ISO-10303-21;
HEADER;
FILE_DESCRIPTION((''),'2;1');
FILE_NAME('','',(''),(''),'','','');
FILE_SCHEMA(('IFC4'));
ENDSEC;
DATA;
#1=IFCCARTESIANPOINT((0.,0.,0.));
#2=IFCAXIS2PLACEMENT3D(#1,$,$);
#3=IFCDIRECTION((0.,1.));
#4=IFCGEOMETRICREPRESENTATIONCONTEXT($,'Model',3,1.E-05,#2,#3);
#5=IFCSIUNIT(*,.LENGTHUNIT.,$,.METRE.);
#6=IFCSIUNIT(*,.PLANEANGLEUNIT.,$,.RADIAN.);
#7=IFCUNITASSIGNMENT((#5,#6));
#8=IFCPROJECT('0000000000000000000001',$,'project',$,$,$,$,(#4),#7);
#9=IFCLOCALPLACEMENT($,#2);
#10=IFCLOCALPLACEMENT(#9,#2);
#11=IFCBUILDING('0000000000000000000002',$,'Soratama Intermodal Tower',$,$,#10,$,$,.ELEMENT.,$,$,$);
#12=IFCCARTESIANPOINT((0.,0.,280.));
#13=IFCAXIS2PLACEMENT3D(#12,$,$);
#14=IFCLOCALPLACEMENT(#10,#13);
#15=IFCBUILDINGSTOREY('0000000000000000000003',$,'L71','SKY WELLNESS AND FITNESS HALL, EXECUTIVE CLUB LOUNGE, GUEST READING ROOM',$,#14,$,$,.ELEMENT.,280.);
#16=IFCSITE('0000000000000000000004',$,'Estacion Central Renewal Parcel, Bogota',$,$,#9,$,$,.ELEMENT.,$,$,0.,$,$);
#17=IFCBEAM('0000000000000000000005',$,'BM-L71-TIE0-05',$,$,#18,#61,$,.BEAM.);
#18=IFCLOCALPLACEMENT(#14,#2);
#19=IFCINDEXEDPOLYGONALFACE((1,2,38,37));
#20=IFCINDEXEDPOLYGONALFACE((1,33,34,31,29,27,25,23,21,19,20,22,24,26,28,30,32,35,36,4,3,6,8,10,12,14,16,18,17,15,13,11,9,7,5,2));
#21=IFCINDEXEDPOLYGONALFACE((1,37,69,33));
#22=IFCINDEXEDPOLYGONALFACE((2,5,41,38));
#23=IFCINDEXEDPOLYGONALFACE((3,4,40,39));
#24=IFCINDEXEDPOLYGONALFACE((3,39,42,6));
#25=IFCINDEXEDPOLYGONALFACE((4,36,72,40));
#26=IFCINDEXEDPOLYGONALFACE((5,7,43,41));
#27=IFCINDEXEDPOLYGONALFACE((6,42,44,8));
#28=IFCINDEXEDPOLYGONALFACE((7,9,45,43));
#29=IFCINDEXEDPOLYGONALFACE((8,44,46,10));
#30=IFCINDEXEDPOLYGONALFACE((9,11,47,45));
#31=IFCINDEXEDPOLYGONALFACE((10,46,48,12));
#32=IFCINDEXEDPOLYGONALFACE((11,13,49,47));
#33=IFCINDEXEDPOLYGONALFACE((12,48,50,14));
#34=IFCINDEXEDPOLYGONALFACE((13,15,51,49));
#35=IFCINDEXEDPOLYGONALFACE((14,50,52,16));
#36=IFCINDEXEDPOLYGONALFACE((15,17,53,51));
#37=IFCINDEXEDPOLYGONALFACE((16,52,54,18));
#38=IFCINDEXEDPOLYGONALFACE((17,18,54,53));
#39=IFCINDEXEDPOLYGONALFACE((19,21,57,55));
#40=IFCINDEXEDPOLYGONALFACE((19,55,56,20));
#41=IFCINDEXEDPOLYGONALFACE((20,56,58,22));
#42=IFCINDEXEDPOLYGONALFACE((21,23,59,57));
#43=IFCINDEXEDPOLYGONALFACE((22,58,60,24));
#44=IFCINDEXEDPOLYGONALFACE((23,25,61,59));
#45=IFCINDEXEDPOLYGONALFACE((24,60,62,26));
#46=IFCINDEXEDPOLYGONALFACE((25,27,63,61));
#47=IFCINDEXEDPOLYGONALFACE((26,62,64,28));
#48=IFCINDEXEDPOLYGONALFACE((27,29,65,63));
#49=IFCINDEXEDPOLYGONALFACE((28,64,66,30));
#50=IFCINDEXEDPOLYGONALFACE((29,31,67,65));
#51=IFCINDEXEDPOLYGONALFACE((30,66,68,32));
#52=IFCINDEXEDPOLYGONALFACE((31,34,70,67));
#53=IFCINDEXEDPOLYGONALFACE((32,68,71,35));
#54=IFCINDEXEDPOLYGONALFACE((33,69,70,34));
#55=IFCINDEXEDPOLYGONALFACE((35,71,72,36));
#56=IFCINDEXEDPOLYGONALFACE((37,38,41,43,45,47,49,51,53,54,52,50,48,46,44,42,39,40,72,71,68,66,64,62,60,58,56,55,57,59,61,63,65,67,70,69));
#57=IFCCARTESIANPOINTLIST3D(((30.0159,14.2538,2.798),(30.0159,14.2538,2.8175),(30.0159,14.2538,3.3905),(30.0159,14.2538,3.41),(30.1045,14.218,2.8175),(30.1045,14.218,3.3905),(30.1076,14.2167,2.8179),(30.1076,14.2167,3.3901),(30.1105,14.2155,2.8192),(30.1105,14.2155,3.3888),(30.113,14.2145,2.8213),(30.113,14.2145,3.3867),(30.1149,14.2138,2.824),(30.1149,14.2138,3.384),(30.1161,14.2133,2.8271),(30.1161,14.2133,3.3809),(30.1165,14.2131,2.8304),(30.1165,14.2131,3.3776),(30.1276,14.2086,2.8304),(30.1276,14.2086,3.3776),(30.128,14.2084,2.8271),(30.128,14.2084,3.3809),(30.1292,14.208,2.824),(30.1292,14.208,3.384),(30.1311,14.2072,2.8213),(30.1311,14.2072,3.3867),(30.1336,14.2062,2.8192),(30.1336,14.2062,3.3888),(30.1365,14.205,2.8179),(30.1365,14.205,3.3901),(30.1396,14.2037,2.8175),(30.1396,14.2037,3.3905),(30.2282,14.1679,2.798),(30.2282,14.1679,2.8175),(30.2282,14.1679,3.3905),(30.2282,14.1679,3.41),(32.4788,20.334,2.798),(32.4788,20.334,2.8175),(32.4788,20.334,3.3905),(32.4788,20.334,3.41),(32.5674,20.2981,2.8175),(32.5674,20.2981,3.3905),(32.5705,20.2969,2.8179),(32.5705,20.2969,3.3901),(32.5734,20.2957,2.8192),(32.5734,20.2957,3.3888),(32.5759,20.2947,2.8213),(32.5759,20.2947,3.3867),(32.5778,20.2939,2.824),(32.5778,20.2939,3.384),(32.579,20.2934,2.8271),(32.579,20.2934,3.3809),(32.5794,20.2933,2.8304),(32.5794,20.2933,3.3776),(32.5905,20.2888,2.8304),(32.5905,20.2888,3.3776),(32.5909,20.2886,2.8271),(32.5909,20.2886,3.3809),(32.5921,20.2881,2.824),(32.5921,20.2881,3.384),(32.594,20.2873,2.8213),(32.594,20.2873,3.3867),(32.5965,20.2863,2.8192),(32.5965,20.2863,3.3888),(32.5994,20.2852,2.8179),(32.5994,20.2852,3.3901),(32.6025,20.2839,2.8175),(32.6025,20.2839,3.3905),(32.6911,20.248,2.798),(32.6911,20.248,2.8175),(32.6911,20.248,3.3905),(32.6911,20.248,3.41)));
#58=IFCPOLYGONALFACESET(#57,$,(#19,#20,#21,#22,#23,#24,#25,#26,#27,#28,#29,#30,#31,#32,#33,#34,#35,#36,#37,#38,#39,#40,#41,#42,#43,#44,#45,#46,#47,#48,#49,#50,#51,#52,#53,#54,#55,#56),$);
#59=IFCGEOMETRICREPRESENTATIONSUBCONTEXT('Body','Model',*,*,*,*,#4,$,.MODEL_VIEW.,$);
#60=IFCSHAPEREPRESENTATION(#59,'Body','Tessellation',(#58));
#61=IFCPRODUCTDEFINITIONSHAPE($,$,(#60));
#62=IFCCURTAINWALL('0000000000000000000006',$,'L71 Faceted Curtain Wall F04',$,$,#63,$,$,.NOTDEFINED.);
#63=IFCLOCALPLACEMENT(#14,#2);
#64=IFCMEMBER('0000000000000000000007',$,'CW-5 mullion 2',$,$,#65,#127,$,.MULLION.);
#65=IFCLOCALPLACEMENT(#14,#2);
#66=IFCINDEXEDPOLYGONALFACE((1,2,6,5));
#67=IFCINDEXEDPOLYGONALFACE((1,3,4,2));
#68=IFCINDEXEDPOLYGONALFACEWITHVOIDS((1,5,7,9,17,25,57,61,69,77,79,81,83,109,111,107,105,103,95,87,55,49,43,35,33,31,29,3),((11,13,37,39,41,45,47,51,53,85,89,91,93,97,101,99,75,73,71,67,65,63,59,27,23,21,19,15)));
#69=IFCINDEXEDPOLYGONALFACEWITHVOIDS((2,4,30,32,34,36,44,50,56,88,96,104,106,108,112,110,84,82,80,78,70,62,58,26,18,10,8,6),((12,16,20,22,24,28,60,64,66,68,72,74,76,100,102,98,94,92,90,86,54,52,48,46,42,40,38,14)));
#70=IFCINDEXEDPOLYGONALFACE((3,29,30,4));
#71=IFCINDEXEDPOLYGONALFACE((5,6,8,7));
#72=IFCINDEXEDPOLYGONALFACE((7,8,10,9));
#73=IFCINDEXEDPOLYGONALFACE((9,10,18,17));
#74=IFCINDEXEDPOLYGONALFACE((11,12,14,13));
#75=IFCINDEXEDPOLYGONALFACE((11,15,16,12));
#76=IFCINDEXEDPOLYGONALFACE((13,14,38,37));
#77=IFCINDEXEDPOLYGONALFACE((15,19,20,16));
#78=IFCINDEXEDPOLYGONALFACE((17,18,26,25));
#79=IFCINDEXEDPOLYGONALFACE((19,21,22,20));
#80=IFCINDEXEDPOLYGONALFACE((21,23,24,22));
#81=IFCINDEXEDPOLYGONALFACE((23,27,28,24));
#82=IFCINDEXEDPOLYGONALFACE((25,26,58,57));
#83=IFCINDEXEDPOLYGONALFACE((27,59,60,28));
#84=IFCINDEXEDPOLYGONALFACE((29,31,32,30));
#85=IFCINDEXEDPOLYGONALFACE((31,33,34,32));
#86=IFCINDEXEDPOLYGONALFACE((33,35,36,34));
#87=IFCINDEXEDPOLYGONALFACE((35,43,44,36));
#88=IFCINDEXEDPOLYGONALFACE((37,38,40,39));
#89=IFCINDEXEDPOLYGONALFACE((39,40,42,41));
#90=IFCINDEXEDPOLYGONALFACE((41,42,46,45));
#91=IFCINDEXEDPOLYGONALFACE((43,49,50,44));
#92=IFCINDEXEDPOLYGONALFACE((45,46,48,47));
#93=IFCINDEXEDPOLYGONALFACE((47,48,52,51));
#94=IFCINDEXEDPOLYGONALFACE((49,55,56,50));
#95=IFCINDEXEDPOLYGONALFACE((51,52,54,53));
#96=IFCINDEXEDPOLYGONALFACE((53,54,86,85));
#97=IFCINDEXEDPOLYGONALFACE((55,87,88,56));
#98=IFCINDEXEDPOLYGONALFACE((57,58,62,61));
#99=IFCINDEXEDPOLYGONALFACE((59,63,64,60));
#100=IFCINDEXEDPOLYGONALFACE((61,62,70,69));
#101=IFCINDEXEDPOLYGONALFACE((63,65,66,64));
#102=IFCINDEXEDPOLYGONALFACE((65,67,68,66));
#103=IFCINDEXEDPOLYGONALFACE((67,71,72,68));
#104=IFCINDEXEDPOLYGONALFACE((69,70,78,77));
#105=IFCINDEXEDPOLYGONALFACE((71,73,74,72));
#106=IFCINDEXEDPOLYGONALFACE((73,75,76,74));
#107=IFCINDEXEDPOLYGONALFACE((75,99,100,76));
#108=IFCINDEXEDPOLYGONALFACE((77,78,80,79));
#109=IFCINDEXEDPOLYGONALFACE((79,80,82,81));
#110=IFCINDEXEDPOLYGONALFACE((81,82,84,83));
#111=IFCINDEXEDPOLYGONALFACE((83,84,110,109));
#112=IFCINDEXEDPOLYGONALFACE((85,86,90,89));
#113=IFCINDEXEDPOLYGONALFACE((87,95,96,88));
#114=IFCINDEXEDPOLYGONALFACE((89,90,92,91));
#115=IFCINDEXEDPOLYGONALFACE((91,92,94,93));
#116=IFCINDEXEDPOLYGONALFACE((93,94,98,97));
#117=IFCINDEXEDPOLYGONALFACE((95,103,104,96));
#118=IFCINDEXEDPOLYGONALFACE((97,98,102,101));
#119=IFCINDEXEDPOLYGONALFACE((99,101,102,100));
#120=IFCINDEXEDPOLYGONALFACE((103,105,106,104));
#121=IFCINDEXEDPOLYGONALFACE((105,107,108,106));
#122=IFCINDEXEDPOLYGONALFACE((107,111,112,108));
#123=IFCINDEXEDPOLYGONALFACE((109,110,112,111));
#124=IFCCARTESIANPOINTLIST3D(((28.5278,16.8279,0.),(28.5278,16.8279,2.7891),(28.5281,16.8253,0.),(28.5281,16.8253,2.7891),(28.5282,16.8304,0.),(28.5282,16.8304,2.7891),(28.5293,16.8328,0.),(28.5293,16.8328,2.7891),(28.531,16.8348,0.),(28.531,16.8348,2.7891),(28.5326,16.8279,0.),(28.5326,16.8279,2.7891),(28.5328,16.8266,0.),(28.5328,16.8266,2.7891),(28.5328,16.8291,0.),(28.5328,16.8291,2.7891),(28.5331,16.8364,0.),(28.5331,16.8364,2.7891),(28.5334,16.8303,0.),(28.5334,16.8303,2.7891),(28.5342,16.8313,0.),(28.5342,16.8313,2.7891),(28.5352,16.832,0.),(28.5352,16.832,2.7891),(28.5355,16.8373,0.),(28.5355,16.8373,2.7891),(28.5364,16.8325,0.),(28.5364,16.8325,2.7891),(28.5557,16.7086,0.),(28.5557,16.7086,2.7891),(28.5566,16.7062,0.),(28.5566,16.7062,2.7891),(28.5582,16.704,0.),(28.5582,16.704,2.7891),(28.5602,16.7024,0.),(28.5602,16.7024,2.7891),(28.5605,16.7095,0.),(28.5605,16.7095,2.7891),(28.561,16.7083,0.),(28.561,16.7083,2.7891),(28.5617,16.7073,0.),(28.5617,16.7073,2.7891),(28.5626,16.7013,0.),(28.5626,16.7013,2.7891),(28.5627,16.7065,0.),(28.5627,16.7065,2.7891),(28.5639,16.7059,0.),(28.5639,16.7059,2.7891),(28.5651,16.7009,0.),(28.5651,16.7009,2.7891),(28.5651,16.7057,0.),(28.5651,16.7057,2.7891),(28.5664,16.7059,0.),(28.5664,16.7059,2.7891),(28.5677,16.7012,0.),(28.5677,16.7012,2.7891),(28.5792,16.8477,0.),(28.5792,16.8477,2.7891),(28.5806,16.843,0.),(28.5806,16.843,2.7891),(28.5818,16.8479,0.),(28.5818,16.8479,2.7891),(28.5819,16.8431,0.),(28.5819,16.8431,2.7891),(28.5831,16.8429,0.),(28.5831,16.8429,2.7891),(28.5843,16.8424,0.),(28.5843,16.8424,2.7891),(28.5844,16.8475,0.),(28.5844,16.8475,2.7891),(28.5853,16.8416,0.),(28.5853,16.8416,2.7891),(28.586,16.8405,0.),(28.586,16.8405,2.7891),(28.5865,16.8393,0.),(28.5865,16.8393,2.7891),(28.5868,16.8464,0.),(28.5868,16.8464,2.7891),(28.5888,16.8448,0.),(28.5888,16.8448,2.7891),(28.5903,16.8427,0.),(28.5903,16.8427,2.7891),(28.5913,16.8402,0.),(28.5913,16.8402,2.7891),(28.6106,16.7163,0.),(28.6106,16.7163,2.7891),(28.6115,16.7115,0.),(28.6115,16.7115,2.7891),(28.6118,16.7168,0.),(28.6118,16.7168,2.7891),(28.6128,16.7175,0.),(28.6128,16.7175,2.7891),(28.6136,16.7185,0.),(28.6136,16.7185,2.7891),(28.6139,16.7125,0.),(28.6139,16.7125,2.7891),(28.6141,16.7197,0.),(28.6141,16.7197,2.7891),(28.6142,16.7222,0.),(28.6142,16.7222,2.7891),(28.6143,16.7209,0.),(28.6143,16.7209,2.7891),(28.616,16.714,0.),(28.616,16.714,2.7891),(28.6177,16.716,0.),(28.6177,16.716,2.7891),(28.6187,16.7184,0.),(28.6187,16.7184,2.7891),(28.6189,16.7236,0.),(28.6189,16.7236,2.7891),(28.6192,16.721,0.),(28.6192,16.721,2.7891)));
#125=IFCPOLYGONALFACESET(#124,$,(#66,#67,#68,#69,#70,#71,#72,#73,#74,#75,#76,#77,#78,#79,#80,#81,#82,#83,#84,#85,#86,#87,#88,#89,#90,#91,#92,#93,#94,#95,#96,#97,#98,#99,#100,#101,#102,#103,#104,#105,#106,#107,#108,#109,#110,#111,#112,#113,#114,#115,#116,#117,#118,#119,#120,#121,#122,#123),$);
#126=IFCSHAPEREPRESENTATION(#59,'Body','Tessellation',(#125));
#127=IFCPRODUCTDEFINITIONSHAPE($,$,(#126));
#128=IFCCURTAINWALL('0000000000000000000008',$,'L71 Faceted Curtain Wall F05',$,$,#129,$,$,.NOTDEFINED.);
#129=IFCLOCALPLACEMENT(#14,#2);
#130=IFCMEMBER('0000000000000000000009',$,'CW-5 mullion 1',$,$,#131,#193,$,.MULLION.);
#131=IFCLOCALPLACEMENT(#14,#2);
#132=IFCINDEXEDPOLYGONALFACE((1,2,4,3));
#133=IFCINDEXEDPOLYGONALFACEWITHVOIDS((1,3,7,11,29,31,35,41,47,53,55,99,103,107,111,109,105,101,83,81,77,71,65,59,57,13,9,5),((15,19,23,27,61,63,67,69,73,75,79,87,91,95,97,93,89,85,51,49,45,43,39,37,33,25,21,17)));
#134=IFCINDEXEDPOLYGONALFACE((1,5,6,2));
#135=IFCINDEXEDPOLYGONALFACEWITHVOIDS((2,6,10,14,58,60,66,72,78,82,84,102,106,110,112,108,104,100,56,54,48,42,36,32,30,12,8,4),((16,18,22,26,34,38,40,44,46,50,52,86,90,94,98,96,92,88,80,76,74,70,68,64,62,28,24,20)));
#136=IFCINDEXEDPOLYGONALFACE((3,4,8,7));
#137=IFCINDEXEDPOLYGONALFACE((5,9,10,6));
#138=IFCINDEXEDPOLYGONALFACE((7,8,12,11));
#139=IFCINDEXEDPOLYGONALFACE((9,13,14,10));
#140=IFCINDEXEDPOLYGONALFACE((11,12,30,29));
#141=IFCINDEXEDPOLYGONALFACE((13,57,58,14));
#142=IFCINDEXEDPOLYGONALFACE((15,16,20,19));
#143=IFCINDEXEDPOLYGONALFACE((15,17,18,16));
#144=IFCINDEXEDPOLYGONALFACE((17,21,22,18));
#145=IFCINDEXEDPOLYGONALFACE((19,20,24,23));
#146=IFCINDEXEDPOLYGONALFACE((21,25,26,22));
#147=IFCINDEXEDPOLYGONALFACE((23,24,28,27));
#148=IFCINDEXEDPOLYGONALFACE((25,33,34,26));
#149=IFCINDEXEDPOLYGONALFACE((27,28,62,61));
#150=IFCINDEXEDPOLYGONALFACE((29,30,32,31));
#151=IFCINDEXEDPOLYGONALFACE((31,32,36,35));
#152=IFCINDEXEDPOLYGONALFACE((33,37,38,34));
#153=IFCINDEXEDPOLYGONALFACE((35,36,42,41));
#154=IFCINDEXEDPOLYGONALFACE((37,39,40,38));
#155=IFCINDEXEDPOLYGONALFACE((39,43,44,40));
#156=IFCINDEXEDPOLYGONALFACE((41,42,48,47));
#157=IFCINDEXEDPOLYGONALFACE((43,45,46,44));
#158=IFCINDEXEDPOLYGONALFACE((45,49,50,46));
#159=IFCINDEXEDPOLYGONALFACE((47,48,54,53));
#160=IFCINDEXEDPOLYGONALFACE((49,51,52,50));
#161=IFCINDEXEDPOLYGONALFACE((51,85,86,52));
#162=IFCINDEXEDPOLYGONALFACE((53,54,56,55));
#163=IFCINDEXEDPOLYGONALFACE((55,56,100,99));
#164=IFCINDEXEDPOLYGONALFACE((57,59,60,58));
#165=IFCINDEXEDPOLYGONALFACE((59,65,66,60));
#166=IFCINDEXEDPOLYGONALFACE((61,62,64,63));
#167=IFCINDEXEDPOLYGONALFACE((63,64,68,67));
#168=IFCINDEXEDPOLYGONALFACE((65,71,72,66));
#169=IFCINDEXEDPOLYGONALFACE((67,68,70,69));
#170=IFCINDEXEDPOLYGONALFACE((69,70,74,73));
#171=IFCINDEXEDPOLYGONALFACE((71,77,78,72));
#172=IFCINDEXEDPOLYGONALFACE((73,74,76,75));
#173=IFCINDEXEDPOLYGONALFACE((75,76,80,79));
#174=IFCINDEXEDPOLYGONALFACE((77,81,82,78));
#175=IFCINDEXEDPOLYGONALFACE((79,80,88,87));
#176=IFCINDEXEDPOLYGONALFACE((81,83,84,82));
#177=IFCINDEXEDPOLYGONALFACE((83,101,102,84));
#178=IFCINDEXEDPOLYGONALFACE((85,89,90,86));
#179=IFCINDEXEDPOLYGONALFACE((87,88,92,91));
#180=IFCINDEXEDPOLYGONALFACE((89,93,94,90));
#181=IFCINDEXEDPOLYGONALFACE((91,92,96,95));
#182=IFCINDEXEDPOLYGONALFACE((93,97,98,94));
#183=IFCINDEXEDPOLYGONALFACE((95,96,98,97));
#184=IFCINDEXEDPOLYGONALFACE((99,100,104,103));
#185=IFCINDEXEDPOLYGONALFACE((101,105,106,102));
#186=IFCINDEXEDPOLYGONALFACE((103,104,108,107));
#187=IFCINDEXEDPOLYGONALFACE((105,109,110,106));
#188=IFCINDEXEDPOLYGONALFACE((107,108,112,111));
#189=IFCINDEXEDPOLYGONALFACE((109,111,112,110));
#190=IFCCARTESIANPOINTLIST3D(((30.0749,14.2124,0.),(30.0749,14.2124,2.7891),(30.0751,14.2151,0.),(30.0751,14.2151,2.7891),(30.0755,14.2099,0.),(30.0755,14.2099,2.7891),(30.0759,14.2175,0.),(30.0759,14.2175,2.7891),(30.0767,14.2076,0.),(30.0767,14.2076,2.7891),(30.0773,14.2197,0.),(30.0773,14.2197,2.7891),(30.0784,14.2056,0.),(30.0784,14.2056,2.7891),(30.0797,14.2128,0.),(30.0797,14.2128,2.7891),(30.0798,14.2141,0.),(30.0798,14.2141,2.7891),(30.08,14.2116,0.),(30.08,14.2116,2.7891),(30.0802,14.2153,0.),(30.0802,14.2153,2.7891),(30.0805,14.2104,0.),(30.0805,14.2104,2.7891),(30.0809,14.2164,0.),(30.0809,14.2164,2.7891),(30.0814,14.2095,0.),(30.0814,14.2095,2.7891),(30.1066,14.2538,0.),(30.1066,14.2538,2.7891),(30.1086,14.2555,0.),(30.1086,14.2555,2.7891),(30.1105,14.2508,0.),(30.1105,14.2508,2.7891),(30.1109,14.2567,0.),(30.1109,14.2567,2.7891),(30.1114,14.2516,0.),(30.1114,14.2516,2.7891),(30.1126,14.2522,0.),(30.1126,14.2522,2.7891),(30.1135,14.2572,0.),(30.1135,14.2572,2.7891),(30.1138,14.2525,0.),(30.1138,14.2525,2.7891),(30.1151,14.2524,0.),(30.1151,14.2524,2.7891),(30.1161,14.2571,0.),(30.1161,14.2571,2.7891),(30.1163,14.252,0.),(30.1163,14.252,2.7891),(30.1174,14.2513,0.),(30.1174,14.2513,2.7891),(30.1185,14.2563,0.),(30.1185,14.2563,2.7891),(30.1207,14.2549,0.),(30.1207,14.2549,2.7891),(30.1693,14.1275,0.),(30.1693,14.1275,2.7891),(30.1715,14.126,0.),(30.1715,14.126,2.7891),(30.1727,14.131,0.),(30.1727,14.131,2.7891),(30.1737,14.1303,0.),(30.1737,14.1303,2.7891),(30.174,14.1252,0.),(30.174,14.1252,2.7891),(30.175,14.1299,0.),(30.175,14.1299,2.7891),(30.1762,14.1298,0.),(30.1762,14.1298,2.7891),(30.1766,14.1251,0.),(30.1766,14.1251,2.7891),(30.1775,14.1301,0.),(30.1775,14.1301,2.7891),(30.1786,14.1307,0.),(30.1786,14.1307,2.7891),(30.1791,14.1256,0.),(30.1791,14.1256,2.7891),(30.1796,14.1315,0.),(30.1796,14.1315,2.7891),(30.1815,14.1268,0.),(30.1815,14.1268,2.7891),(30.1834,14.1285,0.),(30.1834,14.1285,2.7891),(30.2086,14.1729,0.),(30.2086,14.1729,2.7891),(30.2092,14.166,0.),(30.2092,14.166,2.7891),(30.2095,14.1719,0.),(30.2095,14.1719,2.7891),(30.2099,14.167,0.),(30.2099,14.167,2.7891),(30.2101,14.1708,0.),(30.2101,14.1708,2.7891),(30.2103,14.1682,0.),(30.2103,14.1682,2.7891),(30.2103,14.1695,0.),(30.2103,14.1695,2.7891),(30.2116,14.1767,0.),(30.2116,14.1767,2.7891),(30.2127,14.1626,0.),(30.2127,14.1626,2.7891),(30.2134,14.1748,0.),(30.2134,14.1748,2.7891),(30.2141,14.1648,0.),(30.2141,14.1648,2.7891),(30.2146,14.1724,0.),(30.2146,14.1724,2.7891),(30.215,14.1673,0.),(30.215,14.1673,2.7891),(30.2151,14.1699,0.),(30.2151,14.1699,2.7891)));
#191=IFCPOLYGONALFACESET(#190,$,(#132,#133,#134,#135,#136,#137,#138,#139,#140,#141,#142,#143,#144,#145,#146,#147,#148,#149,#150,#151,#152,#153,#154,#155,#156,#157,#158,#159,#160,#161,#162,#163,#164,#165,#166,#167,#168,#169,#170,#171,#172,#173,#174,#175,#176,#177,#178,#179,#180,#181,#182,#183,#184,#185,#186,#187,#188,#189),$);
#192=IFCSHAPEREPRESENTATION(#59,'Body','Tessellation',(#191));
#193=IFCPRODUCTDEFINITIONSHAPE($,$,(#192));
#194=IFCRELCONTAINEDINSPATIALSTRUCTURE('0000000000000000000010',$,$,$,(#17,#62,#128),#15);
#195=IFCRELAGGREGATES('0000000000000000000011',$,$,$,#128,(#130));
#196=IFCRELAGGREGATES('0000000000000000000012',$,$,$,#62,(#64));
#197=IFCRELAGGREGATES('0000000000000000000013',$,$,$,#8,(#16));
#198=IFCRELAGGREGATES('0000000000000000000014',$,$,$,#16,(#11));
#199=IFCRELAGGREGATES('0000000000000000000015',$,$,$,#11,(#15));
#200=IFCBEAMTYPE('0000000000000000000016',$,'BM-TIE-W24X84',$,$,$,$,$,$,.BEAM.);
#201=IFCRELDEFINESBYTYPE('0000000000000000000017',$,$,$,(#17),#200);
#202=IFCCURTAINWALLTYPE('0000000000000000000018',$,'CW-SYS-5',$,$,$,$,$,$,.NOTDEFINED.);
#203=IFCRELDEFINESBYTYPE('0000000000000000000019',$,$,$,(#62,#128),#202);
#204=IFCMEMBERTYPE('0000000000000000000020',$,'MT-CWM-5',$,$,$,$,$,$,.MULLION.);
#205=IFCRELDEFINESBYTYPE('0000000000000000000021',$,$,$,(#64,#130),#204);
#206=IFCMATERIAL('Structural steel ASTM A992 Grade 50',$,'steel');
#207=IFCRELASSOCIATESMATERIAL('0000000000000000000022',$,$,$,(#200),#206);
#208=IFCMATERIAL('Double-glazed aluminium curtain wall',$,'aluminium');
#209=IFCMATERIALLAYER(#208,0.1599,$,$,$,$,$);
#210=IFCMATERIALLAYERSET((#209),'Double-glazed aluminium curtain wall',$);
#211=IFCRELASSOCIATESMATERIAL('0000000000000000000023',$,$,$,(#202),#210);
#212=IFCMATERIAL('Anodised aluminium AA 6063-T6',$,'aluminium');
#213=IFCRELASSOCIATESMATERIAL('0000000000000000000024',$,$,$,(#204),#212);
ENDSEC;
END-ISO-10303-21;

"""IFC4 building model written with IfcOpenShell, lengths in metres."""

from ifc_helpers import new_model, si_unit, direction, frame, origin, origin_2d, place, context, subcontext, project, spatial, hollow_rectangle, i_section, extrude, material, layer, layer_set, material_profile, profile_set, type_object, element, aggregate, save


model = new_model("IFC4")

# Units and contexts
model_context = context("Model", 3, precision=1e-05, world=origin(), true_north=direction((0.0, 1.0)))
body_context = subcontext(model_context, "Body", "Model", "MODEL_VIEW")
ifc_project = project(units=[si_unit("LENGTHUNIT", "METRE"), si_unit("PLANEANGLEUNIT", "RADIAN")], contexts=[model_context])

# Site, building, storey
site_placement = place(None, origin())
site = spatial("IfcSite", under=ifc_project, at=site_placement, Name="Estacion Central Renewal Parcel, Bogota", CompositionType="ELEMENT", RefElevation=0.0)
building_placement = place(site_placement, origin())
building = spatial("IfcBuilding", under=site, at=building_placement, Name="Soratama Intermodal Tower", CompositionType="ELEMENT")
storey_placement = place(building_placement, frame((0.0, 0.0, 280.0)))
storey = spatial("IfcBuildingStorey", under=building, at=storey_placement, Name="L71", Description="SKY WELLNESS AND FITNESS HALL, EXECUTIVE CLUB LOUNGE, GUEST READING ROOM", CompositionType="ELEMENT", Elevation=280.0)

# Beam
ifc_material_1 = material(Name="Structural steel ASTM A992 Grade 50", Category="steel")
ifc_material_profile_1 = material_profile(ifc_material_1, i_section(OverallWidth=0.229, OverallDepth=0.6121, WebThickness=0.012, FlangeThickness=0.0195, FilletRadius=0.0129, at=origin_2d()), Name="W24X84")
ifc_profile_set_1 = profile_set([ifc_material_profile_1], Name="Structural steel ASTM A992 Grade 50")
beam_type_1 = type_object("IfcBeamType", Name="BM-TIE-W24X84", PredefinedType="BEAM", material=ifc_profile_set_1)
beam_1_placement = place(storey_placement, frame((32.585, 20.291, 3.104), z_axis=(-0.375442, -0.926846, 0.0), x_axis=(0.926846, -0.375442, 0.0)))
element("IfcBeam", 1, at=beam_1_placement, inside=storey, type_object=beam_type_1, Name="BM-L71-TIE0-05", PredefinedType="BEAM", context=body_context, shape_type="SweptSolid", body=[
    extrude(i_section(OverallWidth=0.229, OverallDepth=0.6121, WebThickness=0.012, FlangeThickness=0.0195, FilletRadius=0.0129, at=origin_2d()), origin(), (0.0, 0.0, 1.0), 6.5601),
])

# Curtain wall, member
ifc_material_2 = material(Name="Double-glazed aluminium curtain wall", Category="aluminium")
ifc_layer_1 = layer(ifc_material_2, 0.1599)
ifc_layer_set_1 = layer_set([ifc_layer_1], Name="Double-glazed aluminium curtain wall")
curtain_wall_type = type_object("IfcCurtainWallType", Name="CW-SYS-5", PredefinedType="NOTDEFINED", material=ifc_layer_set_1)
curtain_wall_1_placement = place(storey_placement, origin())
curtain_wall_1 = element("IfcCurtainWall", 2, at=curtain_wall_1_placement, inside=storey, type_object=curtain_wall_type, Name="L71 Faceted Curtain Wall F04", PredefinedType="NOTDEFINED")
ifc_material_3 = material(Name="Anodised aluminium AA 6063-T6", Category="aluminium")
ifc_material_profile_2 = material_profile(ifc_material_3, hollow_rectangle(XDim=0.0649, YDim=0.1399, WallThickness=0.0049, InnerFilletRadius=0.0049, OuterFilletRadius=0.01, at=origin_2d()), Name="CWM140X65X5")
ifc_profile_set_2 = profile_set([ifc_material_profile_2], Name="Anodised aluminium AA 6063-T6")
member_type_1 = type_object("IfcMemberType", Name="MT-CWM-5", PredefinedType="MULLION", material=ifc_profile_set_2)
member_1_placement = place(storey_placement, frame((28.5735, 16.7744, 0.0), z_axis=(0.0, 0.0, 1.0), x_axis=(0.973097, 0.230395, 0.0)))
member_1 = element("IfcMember", 3, at=member_1_placement, type_object=member_type_1, Name="CW-5 mullion 2", PredefinedType="MULLION", context=body_context, shape_type="SweptSolid", body=[
    extrude(hollow_rectangle(XDim=0.0649, YDim=0.1399, WallThickness=0.0049, InnerFilletRadius=0.0049, OuterFilletRadius=0.01, at=origin_2d()), origin(), (0.0, 0.0, 1.0), 2.7891),
])

# Curtain wall, member
curtain_wall_2_placement = place(storey_placement, origin())
curtain_wall_2 = element("IfcCurtainWall", 4, at=curtain_wall_2_placement, inside=storey, type_object=curtain_wall_type, Name="L71 Faceted Curtain Wall F05", PredefinedType="NOTDEFINED")
member_2_placement = place(storey_placement, frame((30.145, 14.1912, 0.0), z_axis=(0.0, 0.0, 1.0), x_axis=(0.651826, 0.758369, 0.0)))
member_2 = element("IfcMember", 5, at=member_2_placement, type_object=member_type_1, Name="CW-5 mullion 1", PredefinedType="MULLION", context=body_context, shape_type="SweptSolid", body=[
    extrude(hollow_rectangle(XDim=0.0649, YDim=0.1399, WallThickness=0.0049, InnerFilletRadius=0.0049, OuterFilletRadius=0.01, at=origin_2d()), origin(), (0.0, 0.0, 1.0), 2.7891),
])
aggregate(curtain_wall_2, [member_2])

aggregate(curtain_wall_1, [member_1])

save(model, "model.ifc")
